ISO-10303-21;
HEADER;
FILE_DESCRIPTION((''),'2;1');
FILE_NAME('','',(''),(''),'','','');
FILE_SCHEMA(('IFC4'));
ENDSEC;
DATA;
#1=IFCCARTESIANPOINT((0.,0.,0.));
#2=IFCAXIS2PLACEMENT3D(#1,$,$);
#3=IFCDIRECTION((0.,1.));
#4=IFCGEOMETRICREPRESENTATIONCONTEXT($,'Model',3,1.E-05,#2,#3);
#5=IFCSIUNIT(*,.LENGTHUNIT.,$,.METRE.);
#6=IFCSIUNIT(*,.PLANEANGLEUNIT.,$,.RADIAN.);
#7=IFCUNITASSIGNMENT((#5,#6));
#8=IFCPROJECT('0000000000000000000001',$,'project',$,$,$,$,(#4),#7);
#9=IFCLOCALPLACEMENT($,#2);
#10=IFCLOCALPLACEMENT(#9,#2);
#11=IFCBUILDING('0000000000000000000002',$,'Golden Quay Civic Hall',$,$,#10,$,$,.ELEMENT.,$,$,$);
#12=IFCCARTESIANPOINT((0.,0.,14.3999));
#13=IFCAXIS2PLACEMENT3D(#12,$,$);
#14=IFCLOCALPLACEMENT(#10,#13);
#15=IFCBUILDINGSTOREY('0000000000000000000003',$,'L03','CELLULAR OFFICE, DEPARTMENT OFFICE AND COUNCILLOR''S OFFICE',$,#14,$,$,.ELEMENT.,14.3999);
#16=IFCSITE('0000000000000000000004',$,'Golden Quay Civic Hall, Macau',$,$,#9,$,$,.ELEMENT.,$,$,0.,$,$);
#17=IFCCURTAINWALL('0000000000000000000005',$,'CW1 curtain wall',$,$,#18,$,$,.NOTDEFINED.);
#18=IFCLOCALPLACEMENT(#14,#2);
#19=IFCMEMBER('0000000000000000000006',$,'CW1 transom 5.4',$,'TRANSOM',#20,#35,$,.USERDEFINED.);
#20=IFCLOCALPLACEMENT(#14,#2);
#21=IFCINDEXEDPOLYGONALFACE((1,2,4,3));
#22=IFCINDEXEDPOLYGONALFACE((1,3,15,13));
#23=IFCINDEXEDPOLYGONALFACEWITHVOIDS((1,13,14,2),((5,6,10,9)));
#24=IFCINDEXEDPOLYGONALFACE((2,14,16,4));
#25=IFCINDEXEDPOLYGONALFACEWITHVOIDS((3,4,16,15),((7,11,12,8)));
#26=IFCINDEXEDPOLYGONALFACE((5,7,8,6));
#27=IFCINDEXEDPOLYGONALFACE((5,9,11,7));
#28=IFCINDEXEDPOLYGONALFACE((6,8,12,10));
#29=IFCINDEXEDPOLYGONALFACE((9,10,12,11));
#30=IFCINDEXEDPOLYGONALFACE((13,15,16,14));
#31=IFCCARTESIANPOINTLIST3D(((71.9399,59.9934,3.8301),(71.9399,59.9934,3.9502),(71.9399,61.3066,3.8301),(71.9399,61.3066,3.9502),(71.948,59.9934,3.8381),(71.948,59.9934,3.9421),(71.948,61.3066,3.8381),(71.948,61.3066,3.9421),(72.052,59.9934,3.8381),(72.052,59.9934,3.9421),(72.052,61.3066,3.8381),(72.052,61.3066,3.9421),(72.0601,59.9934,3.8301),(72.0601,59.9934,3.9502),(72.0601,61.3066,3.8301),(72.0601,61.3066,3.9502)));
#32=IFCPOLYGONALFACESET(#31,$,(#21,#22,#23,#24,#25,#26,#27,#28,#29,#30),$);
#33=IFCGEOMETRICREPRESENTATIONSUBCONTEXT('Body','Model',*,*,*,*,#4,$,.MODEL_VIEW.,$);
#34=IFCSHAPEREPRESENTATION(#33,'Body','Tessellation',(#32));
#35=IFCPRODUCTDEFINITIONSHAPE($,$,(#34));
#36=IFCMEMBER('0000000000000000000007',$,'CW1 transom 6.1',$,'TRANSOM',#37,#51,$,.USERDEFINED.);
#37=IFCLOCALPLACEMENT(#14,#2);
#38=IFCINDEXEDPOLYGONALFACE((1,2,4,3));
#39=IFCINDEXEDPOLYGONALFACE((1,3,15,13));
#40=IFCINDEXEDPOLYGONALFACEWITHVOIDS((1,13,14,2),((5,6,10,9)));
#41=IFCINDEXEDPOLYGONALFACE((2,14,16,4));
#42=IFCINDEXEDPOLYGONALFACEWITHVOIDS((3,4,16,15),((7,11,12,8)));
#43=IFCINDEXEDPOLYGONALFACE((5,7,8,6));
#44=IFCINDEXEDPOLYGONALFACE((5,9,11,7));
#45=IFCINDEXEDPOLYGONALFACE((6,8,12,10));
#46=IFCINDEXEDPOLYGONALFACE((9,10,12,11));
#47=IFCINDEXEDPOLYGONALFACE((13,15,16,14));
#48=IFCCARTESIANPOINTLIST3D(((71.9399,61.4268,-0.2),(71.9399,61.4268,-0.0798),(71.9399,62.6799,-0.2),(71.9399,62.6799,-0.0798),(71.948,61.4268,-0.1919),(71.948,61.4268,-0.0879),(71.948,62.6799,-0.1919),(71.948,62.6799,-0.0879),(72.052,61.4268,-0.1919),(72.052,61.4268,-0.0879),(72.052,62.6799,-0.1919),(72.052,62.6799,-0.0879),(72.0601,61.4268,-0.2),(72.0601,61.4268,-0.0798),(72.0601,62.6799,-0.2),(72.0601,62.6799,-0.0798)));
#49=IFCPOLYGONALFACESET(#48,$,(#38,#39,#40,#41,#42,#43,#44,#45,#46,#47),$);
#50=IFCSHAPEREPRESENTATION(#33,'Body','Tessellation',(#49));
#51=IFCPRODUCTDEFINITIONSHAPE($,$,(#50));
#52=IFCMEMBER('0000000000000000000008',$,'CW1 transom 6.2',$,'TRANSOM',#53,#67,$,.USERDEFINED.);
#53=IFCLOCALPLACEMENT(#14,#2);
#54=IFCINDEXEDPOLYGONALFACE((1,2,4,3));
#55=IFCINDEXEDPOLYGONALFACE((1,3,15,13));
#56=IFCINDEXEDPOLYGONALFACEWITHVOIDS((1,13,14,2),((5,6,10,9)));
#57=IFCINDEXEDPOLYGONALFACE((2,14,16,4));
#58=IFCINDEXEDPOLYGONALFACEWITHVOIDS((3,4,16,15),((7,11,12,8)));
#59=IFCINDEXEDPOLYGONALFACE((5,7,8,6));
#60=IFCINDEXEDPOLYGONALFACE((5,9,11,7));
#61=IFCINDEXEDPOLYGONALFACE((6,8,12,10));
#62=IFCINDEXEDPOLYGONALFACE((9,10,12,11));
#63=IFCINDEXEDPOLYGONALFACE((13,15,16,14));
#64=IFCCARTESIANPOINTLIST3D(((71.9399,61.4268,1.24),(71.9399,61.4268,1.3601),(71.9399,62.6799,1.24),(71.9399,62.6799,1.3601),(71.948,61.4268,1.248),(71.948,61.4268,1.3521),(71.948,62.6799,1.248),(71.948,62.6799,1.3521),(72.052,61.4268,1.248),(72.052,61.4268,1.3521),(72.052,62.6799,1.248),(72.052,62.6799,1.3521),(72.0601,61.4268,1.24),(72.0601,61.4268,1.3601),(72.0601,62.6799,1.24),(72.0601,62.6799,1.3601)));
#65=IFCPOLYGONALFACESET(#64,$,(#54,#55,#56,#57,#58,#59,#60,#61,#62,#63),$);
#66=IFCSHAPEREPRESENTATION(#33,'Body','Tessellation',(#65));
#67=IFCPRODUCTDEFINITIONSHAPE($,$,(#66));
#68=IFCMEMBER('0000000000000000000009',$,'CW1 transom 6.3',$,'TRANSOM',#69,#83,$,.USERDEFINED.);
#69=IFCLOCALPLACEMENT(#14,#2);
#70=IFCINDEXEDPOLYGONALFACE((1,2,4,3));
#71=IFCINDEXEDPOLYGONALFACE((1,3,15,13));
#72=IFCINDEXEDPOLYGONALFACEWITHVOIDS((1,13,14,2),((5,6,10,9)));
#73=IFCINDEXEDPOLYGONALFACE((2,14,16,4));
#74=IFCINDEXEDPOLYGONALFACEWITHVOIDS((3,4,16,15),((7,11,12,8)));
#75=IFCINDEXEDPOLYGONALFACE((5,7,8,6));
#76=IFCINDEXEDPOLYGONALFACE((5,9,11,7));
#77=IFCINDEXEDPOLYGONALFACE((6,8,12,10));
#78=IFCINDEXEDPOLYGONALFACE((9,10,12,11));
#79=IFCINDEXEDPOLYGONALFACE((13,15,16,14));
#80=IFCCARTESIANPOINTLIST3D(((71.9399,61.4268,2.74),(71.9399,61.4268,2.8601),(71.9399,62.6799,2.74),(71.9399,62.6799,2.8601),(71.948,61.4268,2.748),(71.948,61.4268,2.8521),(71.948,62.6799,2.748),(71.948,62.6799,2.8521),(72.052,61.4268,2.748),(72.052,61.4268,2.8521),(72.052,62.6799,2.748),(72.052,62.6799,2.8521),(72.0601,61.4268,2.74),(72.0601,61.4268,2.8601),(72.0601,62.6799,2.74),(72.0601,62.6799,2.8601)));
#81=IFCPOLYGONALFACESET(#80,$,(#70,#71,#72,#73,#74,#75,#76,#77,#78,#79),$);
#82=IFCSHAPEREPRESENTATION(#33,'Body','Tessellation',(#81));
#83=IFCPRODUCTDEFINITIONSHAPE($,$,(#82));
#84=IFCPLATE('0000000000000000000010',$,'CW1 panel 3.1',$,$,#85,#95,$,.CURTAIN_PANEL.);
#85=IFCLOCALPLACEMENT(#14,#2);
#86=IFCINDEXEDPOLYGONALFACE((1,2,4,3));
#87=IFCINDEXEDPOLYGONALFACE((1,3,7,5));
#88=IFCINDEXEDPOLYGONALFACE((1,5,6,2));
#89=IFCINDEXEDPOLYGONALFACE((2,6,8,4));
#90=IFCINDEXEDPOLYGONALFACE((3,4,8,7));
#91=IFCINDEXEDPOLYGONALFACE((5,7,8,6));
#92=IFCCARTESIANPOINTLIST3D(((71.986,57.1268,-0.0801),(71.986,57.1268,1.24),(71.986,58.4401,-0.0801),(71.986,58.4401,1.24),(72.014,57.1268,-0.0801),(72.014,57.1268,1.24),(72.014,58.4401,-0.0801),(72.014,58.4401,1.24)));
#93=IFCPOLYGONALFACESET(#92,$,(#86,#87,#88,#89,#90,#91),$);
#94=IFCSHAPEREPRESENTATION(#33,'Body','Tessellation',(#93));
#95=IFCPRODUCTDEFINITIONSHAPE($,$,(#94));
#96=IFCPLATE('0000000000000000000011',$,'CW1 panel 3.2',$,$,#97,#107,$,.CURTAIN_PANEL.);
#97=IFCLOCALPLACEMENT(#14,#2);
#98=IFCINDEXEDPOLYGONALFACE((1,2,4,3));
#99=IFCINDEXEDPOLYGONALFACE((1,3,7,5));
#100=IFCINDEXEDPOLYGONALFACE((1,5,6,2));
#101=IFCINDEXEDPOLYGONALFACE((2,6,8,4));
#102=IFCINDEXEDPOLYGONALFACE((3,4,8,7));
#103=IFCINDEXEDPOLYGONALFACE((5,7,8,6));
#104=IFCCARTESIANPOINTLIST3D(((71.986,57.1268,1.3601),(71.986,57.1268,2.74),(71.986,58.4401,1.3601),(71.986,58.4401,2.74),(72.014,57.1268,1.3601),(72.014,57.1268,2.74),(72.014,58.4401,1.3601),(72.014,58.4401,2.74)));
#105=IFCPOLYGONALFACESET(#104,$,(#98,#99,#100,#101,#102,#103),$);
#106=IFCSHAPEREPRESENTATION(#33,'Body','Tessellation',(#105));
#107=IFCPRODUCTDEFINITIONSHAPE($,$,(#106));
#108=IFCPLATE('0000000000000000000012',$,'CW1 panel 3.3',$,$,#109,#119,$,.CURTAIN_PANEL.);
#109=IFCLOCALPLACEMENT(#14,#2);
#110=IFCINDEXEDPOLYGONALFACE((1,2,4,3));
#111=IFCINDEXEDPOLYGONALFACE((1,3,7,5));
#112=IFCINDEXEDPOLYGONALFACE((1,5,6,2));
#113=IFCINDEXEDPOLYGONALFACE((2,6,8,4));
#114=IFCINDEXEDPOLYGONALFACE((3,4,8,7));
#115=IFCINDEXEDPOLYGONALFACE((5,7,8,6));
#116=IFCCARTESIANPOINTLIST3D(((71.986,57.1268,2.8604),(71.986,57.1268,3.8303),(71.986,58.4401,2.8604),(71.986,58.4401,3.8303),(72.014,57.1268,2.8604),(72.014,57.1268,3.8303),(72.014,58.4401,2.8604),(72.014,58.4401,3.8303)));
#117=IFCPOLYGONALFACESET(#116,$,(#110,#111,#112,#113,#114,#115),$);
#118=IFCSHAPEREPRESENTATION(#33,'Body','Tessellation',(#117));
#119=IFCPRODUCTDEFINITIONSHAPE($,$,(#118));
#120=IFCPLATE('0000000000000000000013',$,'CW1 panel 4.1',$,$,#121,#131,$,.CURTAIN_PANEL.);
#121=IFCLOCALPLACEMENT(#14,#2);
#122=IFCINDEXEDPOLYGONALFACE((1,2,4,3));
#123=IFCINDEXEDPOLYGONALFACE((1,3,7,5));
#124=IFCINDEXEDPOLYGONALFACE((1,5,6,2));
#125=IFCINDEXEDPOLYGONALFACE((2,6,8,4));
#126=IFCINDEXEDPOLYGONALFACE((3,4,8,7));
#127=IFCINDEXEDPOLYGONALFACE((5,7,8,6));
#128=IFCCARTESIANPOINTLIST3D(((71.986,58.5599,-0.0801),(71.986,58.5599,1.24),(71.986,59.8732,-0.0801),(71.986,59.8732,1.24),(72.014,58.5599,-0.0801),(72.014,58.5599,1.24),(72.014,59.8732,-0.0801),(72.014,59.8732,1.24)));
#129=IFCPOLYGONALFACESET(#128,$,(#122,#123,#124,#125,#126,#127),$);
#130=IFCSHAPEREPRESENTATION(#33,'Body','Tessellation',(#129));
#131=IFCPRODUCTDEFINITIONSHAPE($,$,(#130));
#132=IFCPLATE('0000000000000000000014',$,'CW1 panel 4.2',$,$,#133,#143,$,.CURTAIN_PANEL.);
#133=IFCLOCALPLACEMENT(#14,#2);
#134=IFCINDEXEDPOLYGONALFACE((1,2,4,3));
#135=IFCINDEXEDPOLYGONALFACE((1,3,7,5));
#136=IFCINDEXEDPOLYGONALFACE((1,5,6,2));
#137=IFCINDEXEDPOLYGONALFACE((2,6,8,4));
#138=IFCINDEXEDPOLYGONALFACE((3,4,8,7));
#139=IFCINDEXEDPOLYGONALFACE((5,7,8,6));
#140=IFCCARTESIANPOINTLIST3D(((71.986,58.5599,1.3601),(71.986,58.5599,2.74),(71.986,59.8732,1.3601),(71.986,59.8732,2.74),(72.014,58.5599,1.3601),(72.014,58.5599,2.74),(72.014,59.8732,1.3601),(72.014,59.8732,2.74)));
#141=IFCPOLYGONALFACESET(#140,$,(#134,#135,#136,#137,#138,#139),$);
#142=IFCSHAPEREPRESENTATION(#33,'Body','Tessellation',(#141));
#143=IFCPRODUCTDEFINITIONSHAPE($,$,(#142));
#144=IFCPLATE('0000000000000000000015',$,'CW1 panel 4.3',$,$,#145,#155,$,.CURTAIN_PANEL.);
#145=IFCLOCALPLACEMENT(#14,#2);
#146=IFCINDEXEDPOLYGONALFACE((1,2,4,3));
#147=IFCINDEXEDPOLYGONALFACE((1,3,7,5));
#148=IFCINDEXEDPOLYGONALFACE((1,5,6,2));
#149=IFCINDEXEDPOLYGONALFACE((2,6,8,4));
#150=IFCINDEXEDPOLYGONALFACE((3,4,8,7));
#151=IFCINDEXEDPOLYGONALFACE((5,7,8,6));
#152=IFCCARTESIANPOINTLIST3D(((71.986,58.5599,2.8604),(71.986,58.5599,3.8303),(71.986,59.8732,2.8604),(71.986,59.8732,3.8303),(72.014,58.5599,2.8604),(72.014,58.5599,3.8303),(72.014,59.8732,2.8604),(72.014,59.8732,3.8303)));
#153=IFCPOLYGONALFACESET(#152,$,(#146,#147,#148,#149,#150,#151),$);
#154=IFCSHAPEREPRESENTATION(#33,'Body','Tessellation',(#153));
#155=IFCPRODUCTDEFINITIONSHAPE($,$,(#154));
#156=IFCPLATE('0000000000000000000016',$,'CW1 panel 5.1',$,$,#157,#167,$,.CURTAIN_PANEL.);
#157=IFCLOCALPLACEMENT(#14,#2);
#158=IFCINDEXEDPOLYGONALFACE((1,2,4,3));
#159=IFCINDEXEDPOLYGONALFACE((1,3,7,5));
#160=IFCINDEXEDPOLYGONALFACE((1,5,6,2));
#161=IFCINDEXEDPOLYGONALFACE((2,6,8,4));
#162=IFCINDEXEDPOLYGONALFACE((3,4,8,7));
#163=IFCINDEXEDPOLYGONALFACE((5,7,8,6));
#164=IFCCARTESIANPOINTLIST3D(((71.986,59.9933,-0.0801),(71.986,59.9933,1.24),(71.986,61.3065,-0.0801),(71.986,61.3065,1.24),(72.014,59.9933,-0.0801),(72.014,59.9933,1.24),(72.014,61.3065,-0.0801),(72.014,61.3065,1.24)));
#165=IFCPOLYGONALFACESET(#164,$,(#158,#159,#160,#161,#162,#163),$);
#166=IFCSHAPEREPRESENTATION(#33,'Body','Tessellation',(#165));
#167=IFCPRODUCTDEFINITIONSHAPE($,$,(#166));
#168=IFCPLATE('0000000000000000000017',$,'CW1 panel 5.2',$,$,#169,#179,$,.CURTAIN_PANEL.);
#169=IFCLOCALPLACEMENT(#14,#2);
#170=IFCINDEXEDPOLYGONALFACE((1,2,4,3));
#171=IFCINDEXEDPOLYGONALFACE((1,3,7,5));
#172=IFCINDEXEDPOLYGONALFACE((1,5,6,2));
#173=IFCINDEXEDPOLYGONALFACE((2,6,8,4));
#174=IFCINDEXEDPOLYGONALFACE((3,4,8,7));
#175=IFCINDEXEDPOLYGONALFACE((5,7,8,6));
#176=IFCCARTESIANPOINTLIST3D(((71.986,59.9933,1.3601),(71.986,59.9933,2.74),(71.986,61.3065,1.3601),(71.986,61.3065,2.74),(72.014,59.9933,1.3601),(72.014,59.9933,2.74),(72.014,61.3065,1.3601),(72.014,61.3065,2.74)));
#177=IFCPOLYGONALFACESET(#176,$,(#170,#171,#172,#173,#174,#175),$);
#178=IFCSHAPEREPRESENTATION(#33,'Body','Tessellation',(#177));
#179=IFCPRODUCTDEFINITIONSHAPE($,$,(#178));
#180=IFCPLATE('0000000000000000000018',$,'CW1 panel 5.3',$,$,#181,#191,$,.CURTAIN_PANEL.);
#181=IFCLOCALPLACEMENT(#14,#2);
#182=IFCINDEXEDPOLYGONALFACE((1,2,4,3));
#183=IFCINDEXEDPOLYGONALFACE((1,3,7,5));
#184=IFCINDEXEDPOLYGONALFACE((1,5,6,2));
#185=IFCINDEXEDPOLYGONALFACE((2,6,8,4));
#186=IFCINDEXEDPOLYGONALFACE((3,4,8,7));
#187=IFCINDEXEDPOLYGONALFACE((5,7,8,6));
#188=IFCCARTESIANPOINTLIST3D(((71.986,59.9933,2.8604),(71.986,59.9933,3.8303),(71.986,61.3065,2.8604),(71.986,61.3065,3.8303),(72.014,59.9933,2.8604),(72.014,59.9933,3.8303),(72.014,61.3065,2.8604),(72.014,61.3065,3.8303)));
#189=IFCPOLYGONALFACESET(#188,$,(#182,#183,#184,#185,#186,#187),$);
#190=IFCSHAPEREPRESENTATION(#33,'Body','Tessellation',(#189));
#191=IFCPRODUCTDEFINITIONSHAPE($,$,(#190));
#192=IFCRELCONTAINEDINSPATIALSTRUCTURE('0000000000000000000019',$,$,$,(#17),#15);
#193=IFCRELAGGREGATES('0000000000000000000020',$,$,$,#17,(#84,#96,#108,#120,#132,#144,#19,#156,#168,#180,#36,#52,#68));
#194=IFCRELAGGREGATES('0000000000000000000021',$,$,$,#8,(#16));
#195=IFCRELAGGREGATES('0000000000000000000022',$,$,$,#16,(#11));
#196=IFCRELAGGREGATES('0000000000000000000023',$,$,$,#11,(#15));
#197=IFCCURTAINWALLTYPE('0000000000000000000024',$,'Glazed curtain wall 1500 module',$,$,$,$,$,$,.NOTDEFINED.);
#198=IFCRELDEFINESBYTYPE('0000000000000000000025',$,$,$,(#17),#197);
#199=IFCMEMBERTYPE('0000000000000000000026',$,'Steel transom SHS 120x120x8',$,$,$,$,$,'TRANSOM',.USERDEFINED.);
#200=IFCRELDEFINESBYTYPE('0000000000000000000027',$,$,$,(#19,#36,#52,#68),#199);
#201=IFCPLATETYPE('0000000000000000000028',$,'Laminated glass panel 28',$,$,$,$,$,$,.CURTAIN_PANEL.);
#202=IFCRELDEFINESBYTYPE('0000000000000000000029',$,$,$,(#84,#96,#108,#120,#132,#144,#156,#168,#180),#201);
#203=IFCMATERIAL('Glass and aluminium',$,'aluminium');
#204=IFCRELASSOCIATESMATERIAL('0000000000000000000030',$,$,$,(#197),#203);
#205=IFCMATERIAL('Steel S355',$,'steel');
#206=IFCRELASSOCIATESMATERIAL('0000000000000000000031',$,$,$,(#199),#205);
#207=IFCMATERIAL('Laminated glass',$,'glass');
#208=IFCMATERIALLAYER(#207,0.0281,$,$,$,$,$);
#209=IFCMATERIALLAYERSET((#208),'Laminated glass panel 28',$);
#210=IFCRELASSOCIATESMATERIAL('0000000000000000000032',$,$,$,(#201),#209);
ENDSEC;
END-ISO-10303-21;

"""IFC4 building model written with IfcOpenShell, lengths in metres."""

from ifc_helpers import new_model, si_unit, direction, frame, origin, origin_2d, place, context, subcontext, project, spatial, rectangle, hollow_rectangle, extrude, material, layer, layer_set, material_profile, profile_set, type_object, element, aggregate, save


model = new_model("IFC4")

# Units and contexts
model_context = context("Model", 3, precision=1e-05, world=origin(), true_north=direction((0.0, 1.0)))
body_context = subcontext(model_context, "Body", "Model", "MODEL_VIEW")
ifc_project = project(units=[si_unit("LENGTHUNIT", "METRE"), si_unit("PLANEANGLEUNIT", "RADIAN")], contexts=[model_context])

# Site, building, storey
site_placement = place(None, origin())
site = spatial("IfcSite", under=ifc_project, at=site_placement, Name="Golden Quay Civic Hall, Macau", CompositionType="ELEMENT", RefElevation=0.0)
building_placement = place(site_placement, origin())
building = spatial("IfcBuilding", under=site, at=building_placement, Name="Golden Quay Civic Hall", CompositionType="ELEMENT")
storey_placement = place(building_placement, frame((0.0, 0.0, 14.3999)))
storey = spatial("IfcBuildingStorey", under=building, at=storey_placement, Name="L03", Description="CELLULAR OFFICE, DEPARTMENT OFFICE AND COUNCILLOR'S OFFICE", CompositionType="ELEMENT", Elevation=14.3999)

# Curtain wall, members, plates
ifc_material_1 = material(Name="Glass and aluminium", Category="aluminium")
curtain_wall_type = type_object("IfcCurtainWallType", Name="Glazed curtain wall 1500 module", PredefinedType="NOTDEFINED", material=ifc_material_1)
curtain_wall_placement = place(storey_placement, origin())
curtain_wall = element("IfcCurtainWall", 1, at=curtain_wall_placement, inside=storey, type_object=curtain_wall_type, Name="CW1 curtain wall", PredefinedType="NOTDEFINED")
ifc_material_2 = material(Name="Steel S355", Category="steel")
ifc_material_profile_1 = material_profile(ifc_material_2, hollow_rectangle(XDim=0.1201, YDim=0.1201, WallThickness=0.0081, at=origin_2d()), Name="SHS 120x120x8")
ifc_profile_set_1 = profile_set([ifc_material_profile_1], Name="Steel S355")
member_type_1 = type_object("IfcMemberType", Name="Steel transom SHS 120x120x8", ElementType="TRANSOM", PredefinedType="USERDEFINED", material=ifc_profile_set_1)
member_1_placement = place(storey_placement, frame((72.0, 59.9934, 3.8901), z_axis=(0.0, 1.0, 0.0), x_axis=(-1.0, 0.0, 0.0)))
member_1 = element("IfcMember", 2, at=member_1_placement, type_object=member_type_1, Name="CW1 transom 5.4", ObjectType="TRANSOM", PredefinedType="USERDEFINED", context=body_context, shape_type="SweptSolid", body=[
    extrude(hollow_rectangle(XDim=0.1201, YDim=0.1201, WallThickness=0.0081, at=origin_2d()), origin(), (0.0, 0.0, 1.0), 1.3132),
])
member_2_placement = place(storey_placement, frame((72.0, 61.4268, -0.1399), z_axis=(0.0, 1.0, 0.0), x_axis=(-1.0, 0.0, 0.0)))
member_2 = element("IfcMember", 3, at=member_2_placement, type_object=member_type_1, Name="CW1 transom 6.1", ObjectType="TRANSOM", PredefinedType="USERDEFINED", context=body_context, shape_type="SweptSolid", body=[
    extrude(hollow_rectangle(XDim=0.1201, YDim=0.1201, WallThickness=0.0081, at=origin_2d()), origin(), (0.0, 0.0, 1.0), 1.2532),
])
member_3_placement = place(storey_placement, frame((72.0, 61.4268, 1.3), z_axis=(0.0, 1.0, 0.0), x_axis=(-1.0, 0.0, 0.0)))
member_3 = element("IfcMember", 4, at=member_3_placement, type_object=member_type_1, Name="CW1 transom 6.2", ObjectType="TRANSOM", PredefinedType="USERDEFINED", context=body_context, shape_type="SweptSolid", body=[
    extrude(hollow_rectangle(XDim=0.1201, YDim=0.1201, WallThickness=0.0081, at=origin_2d()), origin(), (0.0, 0.0, 1.0), 1.2532),
])
member_4_placement = place(storey_placement, frame((72.0, 61.4268, 2.8), z_axis=(0.0, 1.0, 0.0), x_axis=(-1.0, 0.0, 0.0)))
member_4 = element("IfcMember", 5, at=member_4_placement, type_object=member_type_1, Name="CW1 transom 6.3", ObjectType="TRANSOM", PredefinedType="USERDEFINED", context=body_context, shape_type="SweptSolid", body=[
    extrude(hollow_rectangle(XDim=0.1201, YDim=0.1201, WallThickness=0.0081, at=origin_2d()), origin(), (0.0, 0.0, 1.0), 1.2532),
])
ifc_material_3 = material(Name="Laminated glass", Category="glass")
ifc_layer = layer(ifc_material_3, 0.0281)
ifc_layer_set = layer_set([ifc_layer], Name="Laminated glass panel 28")
plate_type = type_object("IfcPlateType", Name="Laminated glass panel 28", PredefinedType="CURTAIN_PANEL", material=ifc_layer_set)
plate_1_placement = place(storey_placement, frame((72.0, 57.7834, -0.0801), z_axis=(0.0, 0.0, 1.0), x_axis=(0.0, 1.0, 0.0)))
plate_1 = element("IfcPlate", 6, at=plate_1_placement, type_object=plate_type, Name="CW1 panel 3.1", PredefinedType="CURTAIN_PANEL", context=body_context, shape_type="SweptSolid", body=[
    extrude(rectangle(XDim=1.3132, YDim=0.0281, at=origin_2d()), origin(), (0.0, 0.0, 1.0), 1.3201),
])
plate_2_placement = place(storey_placement, frame((72.0, 57.7834, 1.3601), z_axis=(0.0, 0.0, 1.0), x_axis=(0.0, 1.0, 0.0)))
plate_2 = element("IfcPlate", 7, at=plate_2_placement, type_object=plate_type, Name="CW1 panel 3.2", PredefinedType="CURTAIN_PANEL", context=body_context, shape_type="SweptSolid", body=[
    extrude(rectangle(XDim=1.3132, YDim=0.0281, at=origin_2d()), origin(), (0.0, 0.0, 1.0), 1.3799),
])
plate_3_placement = place(storey_placement, frame((72.0, 57.7834, 2.8604), z_axis=(0.0, 0.0, 1.0), x_axis=(0.0, 1.0, 0.0)))
plate_3 = element("IfcPlate", 8, at=plate_3_placement, type_object=plate_type, Name="CW1 panel 3.3", PredefinedType="CURTAIN_PANEL", context=body_context, shape_type="SweptSolid", body=[
    extrude(rectangle(XDim=1.3132, YDim=0.0281, at=origin_2d()), origin(), (0.0, 0.0, 1.0), 0.97),
])
plate_4_placement = place(storey_placement, frame((72.0, 59.2166, -0.0801), z_axis=(0.0, 0.0, 1.0), x_axis=(0.0, 1.0, 0.0)))
plate_4 = element("IfcPlate", 9, at=plate_4_placement, type_object=plate_type, Name="CW1 panel 4.1", PredefinedType="CURTAIN_PANEL", context=body_context, shape_type="SweptSolid", body=[
    extrude(rectangle(XDim=1.3132, YDim=0.0281, at=origin_2d()), origin(), (0.0, 0.0, 1.0), 1.3201),
])
plate_5_placement = place(storey_placement, frame((72.0, 59.2166, 1.3601), z_axis=(0.0, 0.0, 1.0), x_axis=(0.0, 1.0, 0.0)))
plate_5 = element("IfcPlate", 10, at=plate_5_placement, type_object=plate_type, Name="CW1 panel 4.2", PredefinedType="CURTAIN_PANEL", context=body_context, shape_type="SweptSolid", body=[
    extrude(rectangle(XDim=1.3132, YDim=0.0281, at=origin_2d()), origin(), (0.0, 0.0, 1.0), 1.3799),
])
plate_6_placement = place(storey_placement, frame((72.0, 59.2166, 2.8604), z_axis=(0.0, 0.0, 1.0), x_axis=(0.0, 1.0, 0.0)))
plate_6 = element("IfcPlate", 11, at=plate_6_placement, type_object=plate_type, Name="CW1 panel 4.3", PredefinedType="CURTAIN_PANEL", context=body_context, shape_type="SweptSolid", body=[
    extrude(rectangle(XDim=1.3132, YDim=0.0281, at=origin_2d()), origin(), (0.0, 0.0, 1.0), 0.97),
])
plate_7_placement = place(storey_placement, frame((72.0, 60.6499, -0.0801), z_axis=(0.0, 0.0, 1.0), x_axis=(0.0, 1.0, 0.0)))
plate_7 = element("IfcPlate", 12, at=plate_7_placement, type_object=plate_type, Name="CW1 panel 5.1", PredefinedType="CURTAIN_PANEL", context=body_context, shape_type="SweptSolid", body=[
    extrude(rectangle(XDim=1.3132, YDim=0.0281, at=origin_2d()), origin(), (0.0, 0.0, 1.0), 1.3201),
])
plate_8_placement = place(storey_placement, frame((72.0, 60.6499, 1.3601), z_axis=(0.0, 0.0, 1.0), x_axis=(0.0, 1.0, 0.0)))
plate_8 = element("IfcPlate", 13, at=plate_8_placement, type_object=plate_type, Name="CW1 panel 5.2", PredefinedType="CURTAIN_PANEL", context=body_context, shape_type="SweptSolid", body=[
    extrude(rectangle(XDim=1.3132, YDim=0.0281, at=origin_2d()), origin(), (0.0, 0.0, 1.0), 1.3799),
])
plate_9_placement = place(storey_placement, frame((72.0, 60.6499, 2.8604), z_axis=(0.0, 0.0, 1.0), x_axis=(0.0, 1.0, 0.0)))
plate_9 = element("IfcPlate", 14, at=plate_9_placement, type_object=plate_type, Name="CW1 panel 5.3", PredefinedType="CURTAIN_PANEL", context=body_context, shape_type="SweptSolid", body=[
    extrude(rectangle(XDim=1.3132, YDim=0.0281, at=origin_2d()), origin(), (0.0, 0.0, 1.0), 0.97),
])
aggregate(curtain_wall, [plate_1, plate_2, plate_3, plate_4, plate_5, plate_6, member_1, plate_7, plate_8, plate_9, member_2, member_3, member_4])

save(model, "model.ifc")
